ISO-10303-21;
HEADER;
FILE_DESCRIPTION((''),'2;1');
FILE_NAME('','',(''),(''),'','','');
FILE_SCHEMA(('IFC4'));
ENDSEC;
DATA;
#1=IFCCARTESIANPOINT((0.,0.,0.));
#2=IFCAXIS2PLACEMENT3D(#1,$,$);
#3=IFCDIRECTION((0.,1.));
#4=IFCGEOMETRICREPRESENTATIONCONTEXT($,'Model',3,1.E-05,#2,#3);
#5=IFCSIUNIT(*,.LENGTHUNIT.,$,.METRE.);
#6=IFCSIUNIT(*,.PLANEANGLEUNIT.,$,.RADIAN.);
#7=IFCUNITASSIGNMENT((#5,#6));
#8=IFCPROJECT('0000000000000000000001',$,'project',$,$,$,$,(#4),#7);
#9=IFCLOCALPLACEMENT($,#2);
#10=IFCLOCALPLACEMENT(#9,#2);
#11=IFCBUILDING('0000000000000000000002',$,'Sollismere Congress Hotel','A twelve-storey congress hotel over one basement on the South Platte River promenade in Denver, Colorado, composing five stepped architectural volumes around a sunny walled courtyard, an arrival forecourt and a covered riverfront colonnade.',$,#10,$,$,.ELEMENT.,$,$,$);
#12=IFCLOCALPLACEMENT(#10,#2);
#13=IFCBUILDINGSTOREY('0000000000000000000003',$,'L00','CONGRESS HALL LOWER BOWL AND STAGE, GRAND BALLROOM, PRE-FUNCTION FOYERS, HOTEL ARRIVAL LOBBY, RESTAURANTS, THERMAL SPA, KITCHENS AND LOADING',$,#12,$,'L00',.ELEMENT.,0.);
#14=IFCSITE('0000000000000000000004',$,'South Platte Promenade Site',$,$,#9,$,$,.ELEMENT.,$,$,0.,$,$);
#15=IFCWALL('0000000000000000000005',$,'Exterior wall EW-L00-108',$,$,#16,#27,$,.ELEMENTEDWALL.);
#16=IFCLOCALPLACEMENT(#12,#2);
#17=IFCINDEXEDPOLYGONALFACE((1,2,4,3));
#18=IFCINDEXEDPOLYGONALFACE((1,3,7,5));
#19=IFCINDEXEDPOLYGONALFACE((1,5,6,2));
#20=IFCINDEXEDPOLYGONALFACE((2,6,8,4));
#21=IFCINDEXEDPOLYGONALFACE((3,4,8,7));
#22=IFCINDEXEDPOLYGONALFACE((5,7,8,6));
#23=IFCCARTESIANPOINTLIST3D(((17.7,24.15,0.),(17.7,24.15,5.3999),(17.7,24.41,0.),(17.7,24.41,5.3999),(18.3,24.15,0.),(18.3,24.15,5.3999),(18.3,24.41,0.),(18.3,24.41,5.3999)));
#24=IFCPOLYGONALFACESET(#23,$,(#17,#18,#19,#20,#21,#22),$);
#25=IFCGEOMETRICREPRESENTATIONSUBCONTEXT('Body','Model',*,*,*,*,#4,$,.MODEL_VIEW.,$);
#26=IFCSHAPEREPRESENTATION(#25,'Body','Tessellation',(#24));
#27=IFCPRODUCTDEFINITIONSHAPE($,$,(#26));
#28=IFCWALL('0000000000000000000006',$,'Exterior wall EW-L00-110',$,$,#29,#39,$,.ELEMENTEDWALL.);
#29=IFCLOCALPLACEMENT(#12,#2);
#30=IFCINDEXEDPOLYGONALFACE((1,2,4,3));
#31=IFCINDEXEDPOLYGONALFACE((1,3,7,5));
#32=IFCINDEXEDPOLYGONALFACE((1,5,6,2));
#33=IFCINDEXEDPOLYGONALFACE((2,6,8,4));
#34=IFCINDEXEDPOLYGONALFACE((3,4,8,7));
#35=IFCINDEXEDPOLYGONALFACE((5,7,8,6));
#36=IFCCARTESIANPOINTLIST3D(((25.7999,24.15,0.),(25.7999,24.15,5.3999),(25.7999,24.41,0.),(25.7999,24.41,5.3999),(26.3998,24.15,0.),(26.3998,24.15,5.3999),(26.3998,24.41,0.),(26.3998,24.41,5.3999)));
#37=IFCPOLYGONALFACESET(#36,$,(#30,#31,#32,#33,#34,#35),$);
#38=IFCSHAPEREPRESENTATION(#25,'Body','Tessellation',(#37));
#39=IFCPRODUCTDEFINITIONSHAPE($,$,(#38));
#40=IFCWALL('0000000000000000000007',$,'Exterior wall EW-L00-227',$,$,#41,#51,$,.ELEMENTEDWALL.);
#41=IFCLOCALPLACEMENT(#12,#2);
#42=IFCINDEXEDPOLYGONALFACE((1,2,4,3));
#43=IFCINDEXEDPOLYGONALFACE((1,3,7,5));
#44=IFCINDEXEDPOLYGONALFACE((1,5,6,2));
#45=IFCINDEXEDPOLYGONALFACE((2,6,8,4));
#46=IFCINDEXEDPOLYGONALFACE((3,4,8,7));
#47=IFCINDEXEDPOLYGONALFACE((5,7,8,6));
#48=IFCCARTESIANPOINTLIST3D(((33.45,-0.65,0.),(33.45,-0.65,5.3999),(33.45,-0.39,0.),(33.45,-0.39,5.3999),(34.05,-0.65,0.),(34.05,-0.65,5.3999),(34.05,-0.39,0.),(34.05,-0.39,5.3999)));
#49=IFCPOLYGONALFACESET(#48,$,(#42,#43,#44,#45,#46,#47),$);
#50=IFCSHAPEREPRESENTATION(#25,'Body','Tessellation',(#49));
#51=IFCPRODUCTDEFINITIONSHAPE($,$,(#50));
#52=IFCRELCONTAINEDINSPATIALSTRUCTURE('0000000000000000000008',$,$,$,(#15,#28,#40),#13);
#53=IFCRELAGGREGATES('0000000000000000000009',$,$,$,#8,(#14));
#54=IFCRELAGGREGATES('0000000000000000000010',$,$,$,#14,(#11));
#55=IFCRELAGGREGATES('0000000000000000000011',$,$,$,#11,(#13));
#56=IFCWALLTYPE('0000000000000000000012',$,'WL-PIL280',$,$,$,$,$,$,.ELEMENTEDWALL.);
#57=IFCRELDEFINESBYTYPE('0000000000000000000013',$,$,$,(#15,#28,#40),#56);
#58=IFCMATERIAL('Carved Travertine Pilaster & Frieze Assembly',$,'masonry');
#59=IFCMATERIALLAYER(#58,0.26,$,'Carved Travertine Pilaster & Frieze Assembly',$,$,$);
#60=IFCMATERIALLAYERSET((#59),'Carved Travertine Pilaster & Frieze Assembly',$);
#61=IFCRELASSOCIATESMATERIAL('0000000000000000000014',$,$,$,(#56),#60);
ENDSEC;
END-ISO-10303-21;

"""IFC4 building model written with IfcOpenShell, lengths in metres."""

from ifc_helpers import new_model, si_unit, direction, frame, frame_2d, origin, place, context, subcontext, project, spatial, rectangle, extrude, material, layer, layer_set, type_object, element, save


model = new_model("IFC4")

# Units and contexts
model_context = context("Model", 3, precision=1e-05, world=origin(), true_north=direction((0.0, 1.0)))
body_context = subcontext(model_context, "Body", "Model", "MODEL_VIEW")
ifc_project = project(units=[si_unit("LENGTHUNIT", "METRE"), si_unit("PLANEANGLEUNIT", "RADIAN")], contexts=[model_context])

# Site, building, storey
site_placement = place(None, origin())
site = spatial("IfcSite", under=ifc_project, at=site_placement, Name="South Platte Promenade Site", CompositionType="ELEMENT", RefElevation=0.0)
building_placement = place(site_placement, origin())
building = spatial("IfcBuilding", under=site, at=building_placement, Name="Sollismere Congress Hotel", Description="A twelve-storey congress hotel over one basement on the South Platte River promenade in Denver, Colorado, composing five stepped architectural volumes around a sunny walled courtyard, an arrival forecourt and a covered riverfront colonnade.", CompositionType="ELEMENT")
storey_placement = place(building_placement, origin())
storey = spatial("IfcBuildingStorey", under=building, at=storey_placement, Name="L00", Description="CONGRESS HALL LOWER BOWL AND STAGE, GRAND BALLROOM, PRE-FUNCTION FOYERS, HOTEL ARRIVAL LOBBY, RESTAURANTS, THERMAL SPA, KITCHENS AND LOADING", LongName="L00", CompositionType="ELEMENT", Elevation=0.0)

# Walls
ifc_material_1 = material(Name="Carved Travertine Pilaster & Frieze Assembly", Category="masonry")
ifc_layer_1 = layer(ifc_material_1, 0.26, Name="Carved Travertine Pilaster & Frieze Assembly")
ifc_layer_set_1 = layer_set([ifc_layer_1], Name="Carved Travertine Pilaster & Frieze Assembly")
wall_type_1 = type_object("IfcWallType", Name="WL-PIL280", PredefinedType="ELEMENTEDWALL", material=ifc_layer_set_1)
wall_1_placement = place(storey_placement, frame((17.7, 24.28, 0.0), z_axis=(0.0, 0.0, 1.0), x_axis=(1.0, 0.0, 0.0)))
element("IfcWall", 1, at=wall_1_placement, inside=storey, type_object=wall_type_1, Name="Exterior wall EW-L00-108", PredefinedType="ELEMENTEDWALL", context=body_context, shape_type="SweptSolid", body=[
    extrude(rectangle(XDim=0.6001, YDim=0.26, at=frame_2d((0.3, 0.0))), origin(), (0.0, 0.0, 1.0), 5.3999),
])
wall_2_placement = place(storey_placement, frame((25.8, 24.28, 0.0), z_axis=(0.0, 0.0, 1.0), x_axis=(1.0, 0.0, 0.0)))
element("IfcWall", 2, at=wall_2_placement, inside=storey, type_object=wall_type_1, Name="Exterior wall EW-L00-110", PredefinedType="ELEMENTEDWALL", context=body_context, shape_type="SweptSolid", body=[
    extrude(rectangle(XDim=0.5999, YDim=0.26, at=frame_2d((0.2998, 0.0))), origin(), (0.0, 0.0, 1.0), 5.3999),
])
wall_3_placement = place(storey_placement, frame((33.45, -0.52, 0.0), z_axis=(0.0, 0.0, 1.0), x_axis=(1.0, 0.0, 0.0)))
element("IfcWall", 3, at=wall_3_placement, inside=storey, type_object=wall_type_1, Name="Exterior wall EW-L00-227", PredefinedType="ELEMENTEDWALL", context=body_context, shape_type="SweptSolid", body=[
    extrude(rectangle(XDim=0.6001, YDim=0.26, at=frame_2d((0.3, 0.0))), origin(), (0.0, 0.0, 1.0), 5.3999),
])

save(model, "model.ifc")
